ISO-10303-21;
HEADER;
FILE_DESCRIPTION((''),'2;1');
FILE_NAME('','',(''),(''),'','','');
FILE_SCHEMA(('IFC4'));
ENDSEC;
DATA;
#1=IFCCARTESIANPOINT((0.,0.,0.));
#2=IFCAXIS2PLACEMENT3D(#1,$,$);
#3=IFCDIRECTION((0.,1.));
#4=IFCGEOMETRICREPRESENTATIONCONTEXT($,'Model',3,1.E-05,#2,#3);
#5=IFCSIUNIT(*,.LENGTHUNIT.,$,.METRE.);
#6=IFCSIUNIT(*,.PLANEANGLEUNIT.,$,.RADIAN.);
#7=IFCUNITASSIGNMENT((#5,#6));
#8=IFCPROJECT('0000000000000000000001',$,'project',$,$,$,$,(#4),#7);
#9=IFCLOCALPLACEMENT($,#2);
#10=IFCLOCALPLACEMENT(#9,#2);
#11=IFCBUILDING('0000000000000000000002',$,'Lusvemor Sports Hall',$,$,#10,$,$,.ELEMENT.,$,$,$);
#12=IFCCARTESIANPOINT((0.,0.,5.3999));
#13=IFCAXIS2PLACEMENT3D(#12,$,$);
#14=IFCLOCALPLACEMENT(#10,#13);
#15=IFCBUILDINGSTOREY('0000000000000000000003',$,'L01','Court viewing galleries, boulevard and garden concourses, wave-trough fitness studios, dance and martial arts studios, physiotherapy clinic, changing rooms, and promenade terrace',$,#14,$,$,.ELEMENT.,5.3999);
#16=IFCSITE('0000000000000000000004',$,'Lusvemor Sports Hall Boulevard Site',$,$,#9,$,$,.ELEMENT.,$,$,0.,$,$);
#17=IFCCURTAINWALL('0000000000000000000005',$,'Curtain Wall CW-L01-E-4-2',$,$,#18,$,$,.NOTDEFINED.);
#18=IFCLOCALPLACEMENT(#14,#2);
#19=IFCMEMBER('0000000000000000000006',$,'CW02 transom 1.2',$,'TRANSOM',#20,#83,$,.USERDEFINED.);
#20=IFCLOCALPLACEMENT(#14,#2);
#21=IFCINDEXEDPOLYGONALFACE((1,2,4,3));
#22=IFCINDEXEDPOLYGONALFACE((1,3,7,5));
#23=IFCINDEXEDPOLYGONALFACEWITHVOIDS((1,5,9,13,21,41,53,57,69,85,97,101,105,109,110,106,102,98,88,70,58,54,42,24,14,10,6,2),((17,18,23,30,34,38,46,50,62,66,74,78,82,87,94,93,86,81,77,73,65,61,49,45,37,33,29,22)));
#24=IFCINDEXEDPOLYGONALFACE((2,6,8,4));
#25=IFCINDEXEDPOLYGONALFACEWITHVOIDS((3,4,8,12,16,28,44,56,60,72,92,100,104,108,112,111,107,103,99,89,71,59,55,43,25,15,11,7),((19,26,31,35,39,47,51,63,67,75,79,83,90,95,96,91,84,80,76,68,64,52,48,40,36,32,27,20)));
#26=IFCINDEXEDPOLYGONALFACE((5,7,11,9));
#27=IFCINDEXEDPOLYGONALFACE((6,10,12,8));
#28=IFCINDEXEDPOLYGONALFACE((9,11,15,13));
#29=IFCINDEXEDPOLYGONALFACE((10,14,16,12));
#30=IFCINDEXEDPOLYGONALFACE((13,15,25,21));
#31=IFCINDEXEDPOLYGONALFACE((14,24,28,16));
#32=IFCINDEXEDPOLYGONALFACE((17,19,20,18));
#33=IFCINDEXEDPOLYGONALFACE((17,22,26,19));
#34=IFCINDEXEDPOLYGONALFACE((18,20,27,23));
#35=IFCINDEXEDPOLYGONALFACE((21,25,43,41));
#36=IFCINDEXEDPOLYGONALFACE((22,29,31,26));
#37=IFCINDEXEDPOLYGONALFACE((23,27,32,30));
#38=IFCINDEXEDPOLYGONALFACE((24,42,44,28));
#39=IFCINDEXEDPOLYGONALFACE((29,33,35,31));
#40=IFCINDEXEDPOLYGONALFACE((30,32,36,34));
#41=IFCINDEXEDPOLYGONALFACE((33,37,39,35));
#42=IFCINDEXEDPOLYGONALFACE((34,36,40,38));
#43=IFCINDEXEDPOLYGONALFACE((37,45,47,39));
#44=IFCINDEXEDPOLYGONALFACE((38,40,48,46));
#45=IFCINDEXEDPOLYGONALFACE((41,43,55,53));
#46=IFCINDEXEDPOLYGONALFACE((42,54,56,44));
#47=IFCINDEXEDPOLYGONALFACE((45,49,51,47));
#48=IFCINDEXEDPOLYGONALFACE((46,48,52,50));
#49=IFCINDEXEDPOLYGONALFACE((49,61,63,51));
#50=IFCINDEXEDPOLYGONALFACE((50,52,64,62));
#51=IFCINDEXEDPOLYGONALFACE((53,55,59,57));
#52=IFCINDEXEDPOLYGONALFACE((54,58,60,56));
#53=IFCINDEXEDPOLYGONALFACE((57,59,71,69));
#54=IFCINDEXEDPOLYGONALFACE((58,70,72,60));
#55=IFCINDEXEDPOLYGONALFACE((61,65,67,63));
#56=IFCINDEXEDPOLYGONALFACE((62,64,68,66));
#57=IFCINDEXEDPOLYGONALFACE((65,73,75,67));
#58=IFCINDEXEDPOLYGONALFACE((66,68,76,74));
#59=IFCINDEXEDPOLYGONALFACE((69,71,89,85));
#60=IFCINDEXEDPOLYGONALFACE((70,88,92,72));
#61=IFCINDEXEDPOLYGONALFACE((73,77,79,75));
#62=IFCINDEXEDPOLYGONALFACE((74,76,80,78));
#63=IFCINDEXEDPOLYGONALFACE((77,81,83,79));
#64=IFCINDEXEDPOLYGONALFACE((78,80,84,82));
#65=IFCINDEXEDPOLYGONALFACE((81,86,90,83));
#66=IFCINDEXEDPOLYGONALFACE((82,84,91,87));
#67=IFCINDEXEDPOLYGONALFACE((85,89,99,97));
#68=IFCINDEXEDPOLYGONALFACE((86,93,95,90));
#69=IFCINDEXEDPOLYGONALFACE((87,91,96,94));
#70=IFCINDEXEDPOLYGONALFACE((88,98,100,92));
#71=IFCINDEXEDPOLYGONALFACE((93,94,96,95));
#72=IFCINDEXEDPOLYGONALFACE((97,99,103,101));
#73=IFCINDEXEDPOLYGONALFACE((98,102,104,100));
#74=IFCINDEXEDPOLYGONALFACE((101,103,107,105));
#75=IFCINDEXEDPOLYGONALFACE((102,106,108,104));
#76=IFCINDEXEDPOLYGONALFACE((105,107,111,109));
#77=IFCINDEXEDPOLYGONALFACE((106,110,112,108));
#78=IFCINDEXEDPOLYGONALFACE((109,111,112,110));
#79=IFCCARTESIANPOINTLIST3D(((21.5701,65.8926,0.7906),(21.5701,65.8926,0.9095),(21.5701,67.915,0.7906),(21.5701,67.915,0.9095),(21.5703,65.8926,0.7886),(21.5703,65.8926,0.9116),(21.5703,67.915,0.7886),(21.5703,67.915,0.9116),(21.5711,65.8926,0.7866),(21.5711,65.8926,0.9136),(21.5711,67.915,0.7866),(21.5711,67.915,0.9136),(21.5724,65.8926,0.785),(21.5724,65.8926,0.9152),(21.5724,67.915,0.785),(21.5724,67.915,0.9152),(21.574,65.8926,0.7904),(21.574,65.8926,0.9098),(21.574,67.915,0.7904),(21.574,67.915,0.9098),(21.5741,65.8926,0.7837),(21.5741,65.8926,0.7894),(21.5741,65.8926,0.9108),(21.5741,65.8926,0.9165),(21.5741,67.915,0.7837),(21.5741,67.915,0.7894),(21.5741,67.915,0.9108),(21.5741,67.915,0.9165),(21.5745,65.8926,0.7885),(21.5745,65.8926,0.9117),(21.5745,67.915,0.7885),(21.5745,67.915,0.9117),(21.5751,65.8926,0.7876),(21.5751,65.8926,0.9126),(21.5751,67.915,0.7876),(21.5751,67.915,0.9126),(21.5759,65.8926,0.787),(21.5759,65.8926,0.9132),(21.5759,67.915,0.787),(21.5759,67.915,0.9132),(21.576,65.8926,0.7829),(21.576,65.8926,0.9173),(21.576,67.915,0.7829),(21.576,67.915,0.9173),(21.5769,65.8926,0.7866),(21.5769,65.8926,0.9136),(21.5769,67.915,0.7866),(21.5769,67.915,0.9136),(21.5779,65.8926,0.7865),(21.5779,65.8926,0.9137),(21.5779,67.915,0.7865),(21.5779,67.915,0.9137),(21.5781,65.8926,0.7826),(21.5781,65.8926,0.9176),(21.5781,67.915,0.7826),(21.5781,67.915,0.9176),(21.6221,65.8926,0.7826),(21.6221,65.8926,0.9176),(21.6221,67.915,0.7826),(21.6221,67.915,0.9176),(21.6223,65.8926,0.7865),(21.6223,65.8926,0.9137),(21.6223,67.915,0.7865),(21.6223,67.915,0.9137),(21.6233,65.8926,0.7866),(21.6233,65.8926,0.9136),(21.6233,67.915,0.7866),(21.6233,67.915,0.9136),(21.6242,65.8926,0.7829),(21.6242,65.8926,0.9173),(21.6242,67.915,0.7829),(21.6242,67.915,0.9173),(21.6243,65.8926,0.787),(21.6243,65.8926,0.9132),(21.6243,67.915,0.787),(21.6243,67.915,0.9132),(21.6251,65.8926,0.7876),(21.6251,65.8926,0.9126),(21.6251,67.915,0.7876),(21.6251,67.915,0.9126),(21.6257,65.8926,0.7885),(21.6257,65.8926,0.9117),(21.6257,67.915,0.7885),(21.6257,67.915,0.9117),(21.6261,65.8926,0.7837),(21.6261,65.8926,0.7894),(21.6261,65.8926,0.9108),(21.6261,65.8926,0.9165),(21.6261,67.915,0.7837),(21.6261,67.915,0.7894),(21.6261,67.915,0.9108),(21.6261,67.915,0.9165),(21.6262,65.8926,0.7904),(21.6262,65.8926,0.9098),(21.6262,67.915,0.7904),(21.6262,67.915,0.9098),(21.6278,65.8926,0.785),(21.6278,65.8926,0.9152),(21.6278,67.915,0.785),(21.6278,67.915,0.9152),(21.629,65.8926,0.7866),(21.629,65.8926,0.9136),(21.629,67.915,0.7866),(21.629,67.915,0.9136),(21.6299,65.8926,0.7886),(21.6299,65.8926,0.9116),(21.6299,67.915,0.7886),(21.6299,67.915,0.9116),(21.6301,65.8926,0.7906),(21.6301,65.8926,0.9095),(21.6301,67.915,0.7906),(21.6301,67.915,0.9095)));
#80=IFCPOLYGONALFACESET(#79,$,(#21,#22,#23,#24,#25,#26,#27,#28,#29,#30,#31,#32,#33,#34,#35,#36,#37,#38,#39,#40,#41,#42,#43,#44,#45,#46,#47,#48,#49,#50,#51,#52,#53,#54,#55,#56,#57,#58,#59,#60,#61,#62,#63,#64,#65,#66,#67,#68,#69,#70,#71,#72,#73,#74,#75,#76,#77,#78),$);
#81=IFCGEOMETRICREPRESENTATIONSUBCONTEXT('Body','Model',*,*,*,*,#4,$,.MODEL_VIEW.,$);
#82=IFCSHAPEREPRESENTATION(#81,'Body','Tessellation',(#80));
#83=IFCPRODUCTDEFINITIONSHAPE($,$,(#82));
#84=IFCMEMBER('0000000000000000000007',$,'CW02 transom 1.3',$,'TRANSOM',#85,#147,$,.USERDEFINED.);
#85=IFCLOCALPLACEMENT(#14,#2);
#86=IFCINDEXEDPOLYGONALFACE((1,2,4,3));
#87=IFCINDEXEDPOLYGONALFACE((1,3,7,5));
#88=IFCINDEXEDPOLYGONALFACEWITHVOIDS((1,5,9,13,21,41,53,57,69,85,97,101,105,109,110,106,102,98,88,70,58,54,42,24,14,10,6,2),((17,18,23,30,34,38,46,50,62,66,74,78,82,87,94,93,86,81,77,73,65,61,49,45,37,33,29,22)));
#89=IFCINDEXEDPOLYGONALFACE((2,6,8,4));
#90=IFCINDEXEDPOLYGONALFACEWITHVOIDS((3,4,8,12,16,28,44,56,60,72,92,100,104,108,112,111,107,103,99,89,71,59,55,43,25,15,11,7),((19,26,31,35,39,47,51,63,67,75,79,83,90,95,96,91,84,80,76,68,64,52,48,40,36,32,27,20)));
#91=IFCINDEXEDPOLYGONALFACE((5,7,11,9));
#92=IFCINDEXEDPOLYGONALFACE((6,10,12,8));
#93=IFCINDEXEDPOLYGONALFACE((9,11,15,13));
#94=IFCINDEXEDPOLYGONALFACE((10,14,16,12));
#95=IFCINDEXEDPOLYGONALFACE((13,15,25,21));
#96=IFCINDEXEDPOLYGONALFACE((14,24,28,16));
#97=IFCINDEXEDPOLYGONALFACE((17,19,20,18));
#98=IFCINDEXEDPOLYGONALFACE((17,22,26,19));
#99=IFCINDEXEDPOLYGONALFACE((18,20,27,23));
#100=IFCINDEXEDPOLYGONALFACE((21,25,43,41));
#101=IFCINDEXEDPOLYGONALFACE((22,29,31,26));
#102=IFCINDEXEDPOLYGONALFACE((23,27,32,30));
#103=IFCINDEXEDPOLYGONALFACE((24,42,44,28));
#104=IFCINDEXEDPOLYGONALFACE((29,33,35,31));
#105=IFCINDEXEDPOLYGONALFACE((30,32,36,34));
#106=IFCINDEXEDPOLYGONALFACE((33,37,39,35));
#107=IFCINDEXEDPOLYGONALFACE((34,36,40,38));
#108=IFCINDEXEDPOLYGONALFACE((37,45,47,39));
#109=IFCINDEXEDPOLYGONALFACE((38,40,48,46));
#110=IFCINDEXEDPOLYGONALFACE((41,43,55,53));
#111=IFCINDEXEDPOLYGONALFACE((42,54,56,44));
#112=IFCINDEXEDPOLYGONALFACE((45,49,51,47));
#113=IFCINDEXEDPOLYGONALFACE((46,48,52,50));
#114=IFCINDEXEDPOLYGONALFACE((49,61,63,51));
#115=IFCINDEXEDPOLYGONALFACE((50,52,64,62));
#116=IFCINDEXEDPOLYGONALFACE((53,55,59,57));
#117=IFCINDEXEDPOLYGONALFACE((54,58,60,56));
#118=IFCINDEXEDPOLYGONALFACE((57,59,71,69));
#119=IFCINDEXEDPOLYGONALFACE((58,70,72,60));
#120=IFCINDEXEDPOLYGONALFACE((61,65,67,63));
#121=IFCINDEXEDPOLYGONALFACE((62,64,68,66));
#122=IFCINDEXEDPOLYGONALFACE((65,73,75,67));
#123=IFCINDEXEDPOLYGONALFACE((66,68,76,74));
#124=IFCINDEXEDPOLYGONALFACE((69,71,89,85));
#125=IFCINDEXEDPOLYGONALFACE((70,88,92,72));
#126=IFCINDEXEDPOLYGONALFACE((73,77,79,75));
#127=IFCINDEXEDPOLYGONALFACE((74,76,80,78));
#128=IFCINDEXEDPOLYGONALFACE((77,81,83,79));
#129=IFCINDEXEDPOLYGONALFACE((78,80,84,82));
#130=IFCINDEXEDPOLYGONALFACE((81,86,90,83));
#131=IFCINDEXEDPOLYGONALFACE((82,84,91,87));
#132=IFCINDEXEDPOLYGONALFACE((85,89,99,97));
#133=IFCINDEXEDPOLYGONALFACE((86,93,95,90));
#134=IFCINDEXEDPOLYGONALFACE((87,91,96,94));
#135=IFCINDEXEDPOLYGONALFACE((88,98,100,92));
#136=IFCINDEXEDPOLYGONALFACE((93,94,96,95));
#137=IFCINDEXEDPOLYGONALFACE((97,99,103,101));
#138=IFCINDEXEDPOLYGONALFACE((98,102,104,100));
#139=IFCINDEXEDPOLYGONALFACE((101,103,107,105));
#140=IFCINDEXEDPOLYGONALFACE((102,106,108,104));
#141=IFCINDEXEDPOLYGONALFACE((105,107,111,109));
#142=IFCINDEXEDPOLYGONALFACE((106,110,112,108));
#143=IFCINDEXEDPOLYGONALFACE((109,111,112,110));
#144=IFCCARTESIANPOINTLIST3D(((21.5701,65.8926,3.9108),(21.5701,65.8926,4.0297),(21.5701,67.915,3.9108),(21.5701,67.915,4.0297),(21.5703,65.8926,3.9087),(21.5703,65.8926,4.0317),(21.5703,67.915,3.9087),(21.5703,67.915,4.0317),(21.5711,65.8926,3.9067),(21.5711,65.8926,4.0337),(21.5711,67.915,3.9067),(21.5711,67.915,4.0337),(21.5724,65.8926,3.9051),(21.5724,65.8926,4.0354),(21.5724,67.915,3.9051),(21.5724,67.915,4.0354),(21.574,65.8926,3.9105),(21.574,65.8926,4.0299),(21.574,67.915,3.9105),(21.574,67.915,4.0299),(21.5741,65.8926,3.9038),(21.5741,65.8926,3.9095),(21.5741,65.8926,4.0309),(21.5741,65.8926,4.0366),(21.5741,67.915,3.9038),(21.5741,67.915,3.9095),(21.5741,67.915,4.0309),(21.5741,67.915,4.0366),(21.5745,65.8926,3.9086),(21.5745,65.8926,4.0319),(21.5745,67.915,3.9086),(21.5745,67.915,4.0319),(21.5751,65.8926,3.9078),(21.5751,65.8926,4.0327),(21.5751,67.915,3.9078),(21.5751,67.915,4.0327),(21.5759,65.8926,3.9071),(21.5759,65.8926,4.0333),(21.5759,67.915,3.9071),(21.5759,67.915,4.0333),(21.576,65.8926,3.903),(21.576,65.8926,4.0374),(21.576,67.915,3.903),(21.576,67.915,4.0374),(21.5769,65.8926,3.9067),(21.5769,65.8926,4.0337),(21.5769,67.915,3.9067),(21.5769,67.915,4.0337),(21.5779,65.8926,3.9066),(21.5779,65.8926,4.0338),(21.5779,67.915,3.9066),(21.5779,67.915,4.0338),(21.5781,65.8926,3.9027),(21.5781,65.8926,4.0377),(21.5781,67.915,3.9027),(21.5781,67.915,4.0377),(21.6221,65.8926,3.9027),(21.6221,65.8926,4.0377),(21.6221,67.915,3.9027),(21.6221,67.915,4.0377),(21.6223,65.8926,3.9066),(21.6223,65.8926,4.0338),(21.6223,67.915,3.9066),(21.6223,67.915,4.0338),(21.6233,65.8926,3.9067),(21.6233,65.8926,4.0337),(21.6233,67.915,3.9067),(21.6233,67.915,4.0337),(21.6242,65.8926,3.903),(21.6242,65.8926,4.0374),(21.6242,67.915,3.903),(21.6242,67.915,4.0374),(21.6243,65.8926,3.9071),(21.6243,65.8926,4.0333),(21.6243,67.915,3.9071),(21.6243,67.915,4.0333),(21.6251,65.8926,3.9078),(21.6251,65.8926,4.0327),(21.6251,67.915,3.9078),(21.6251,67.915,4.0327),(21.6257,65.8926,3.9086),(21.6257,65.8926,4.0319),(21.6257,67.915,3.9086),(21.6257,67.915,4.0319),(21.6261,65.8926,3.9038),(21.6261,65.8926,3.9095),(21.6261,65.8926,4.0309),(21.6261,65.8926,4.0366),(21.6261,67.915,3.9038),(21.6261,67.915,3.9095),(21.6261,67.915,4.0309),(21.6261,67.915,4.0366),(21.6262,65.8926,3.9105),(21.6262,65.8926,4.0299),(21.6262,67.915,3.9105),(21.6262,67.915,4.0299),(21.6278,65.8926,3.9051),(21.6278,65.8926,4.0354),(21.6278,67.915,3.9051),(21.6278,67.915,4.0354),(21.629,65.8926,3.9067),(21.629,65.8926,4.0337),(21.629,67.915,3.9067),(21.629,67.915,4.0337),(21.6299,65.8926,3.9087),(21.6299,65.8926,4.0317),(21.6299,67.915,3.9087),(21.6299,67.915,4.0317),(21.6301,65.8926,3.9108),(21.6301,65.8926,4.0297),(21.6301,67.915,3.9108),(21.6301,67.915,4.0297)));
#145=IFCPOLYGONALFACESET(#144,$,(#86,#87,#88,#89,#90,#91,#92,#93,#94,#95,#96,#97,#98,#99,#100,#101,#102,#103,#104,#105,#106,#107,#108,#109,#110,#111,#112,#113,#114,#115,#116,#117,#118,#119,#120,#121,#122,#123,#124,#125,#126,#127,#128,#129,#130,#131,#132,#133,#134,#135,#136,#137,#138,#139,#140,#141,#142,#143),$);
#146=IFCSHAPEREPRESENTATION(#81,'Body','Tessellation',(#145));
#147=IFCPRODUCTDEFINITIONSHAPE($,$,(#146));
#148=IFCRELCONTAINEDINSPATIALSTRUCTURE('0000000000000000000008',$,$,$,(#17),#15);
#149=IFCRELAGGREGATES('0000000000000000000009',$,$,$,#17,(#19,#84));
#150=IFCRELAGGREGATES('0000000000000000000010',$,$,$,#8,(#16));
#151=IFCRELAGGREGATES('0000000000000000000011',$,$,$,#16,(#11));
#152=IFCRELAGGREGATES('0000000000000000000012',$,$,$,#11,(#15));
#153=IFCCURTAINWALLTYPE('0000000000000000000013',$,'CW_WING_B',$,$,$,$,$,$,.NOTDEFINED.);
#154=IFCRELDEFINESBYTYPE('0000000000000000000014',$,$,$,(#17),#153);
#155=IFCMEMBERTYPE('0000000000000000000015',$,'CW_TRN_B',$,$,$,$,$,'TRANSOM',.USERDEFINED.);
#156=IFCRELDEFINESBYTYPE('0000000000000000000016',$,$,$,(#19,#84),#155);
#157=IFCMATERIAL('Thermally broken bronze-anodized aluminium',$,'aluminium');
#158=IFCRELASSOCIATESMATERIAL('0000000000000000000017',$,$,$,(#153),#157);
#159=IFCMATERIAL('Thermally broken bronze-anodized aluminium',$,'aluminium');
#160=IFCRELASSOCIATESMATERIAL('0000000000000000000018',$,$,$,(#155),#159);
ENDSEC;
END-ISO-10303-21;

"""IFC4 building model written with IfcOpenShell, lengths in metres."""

from ifc_helpers import new_model, si_unit, direction, frame, origin, origin_2d, place, context, subcontext, project, spatial, hollow_rectangle, extrude, material, material_profile, profile_set, type_object, element, aggregate, save


model = new_model("IFC4")

# Units and contexts
model_context = context("Model", 3, precision=1e-05, world=origin(), true_north=direction((0.0, 1.0)))
body_context = subcontext(model_context, "Body", "Model", "MODEL_VIEW")
ifc_project = project(units=[si_unit("LENGTHUNIT", "METRE"), si_unit("PLANEANGLEUNIT", "RADIAN")], contexts=[model_context])

# Site, building, storey
site_placement = place(None, origin())
site = spatial("IfcSite", under=ifc_project, at=site_placement, Name="Lusvemor Sports Hall Boulevard Site", CompositionType="ELEMENT", RefElevation=0.0)
building_placement = place(site_placement, origin())
building = spatial("IfcBuilding", under=site, at=building_placement, Name="Lusvemor Sports Hall", CompositionType="ELEMENT")
storey_placement = place(building_placement, frame((0.0, 0.0, 5.3999)))
storey = spatial("IfcBuildingStorey", under=building, at=storey_placement, Name="L01", Description="Court viewing galleries, boulevard and garden concourses, wave-trough fitness studios, dance and martial arts studios, physiotherapy clinic, changing rooms, and promenade terrace", CompositionType="ELEMENT", Elevation=5.3999)

# Curtain wall, members
ifc_material_1 = material(Name="Thermally broken bronze-anodized aluminium", Category="aluminium")
curtain_wall_type = type_object("IfcCurtainWallType", Name="CW_WING_B", PredefinedType="NOTDEFINED", material=ifc_material_1)
curtain_wall_placement = place(storey_placement, origin())
curtain_wall = element("IfcCurtainWall", 1, at=curtain_wall_placement, inside=storey, type_object=curtain_wall_type, Name="Curtain Wall CW-L01-E-4-2", PredefinedType="NOTDEFINED")
ifc_material_2 = material(Name="Thermally broken bronze-anodized aluminium", Category="aluminium")
ifc_material_profile_1 = material_profile(ifc_material_2, hollow_rectangle(XDim=0.0601, YDim=0.135, WallThickness=0.0039, InnerFilletRadius=0.0039, OuterFilletRadius=0.0081, at=origin_2d()), Name="CWTRN135x60x4")
ifc_profile_set_1 = profile_set([ifc_material_profile_1], Name="Thermally broken bronze-anodized aluminium")
member_type_1 = type_object("IfcMemberType", Name="CW_TRN_B", ElementType="TRANSOM", PredefinedType="USERDEFINED", material=ifc_profile_set_1)
member_1_placement = place(storey_placement, frame((21.6001, 67.915, 0.8501), z_axis=(0.0, -1.0, 0.0), x_axis=(1.0, 0.0, 0.0)))
member_1 = element("IfcMember", 2, at=member_1_placement, type_object=member_type_1, Name="CW02 transom 1.2", ObjectType="TRANSOM", PredefinedType="USERDEFINED", context=body_context, shape_type="SweptSolid", body=[
    extrude(hollow_rectangle(XDim=0.0601, YDim=0.135, WallThickness=0.0039, InnerFilletRadius=0.0039, OuterFilletRadius=0.0081, at=origin_2d()), origin(), (0.0, 0.0, 1.0), 2.0225),
])
member_2_placement = place(storey_placement, frame((21.6001, 67.915, 3.9702), z_axis=(0.0, -1.0, 0.0), x_axis=(1.0, 0.0, 0.0)))
member_2 = element("IfcMember", 3, at=member_2_placement, type_object=member_type_1, Name="CW02 transom 1.3", ObjectType="TRANSOM", PredefinedType="USERDEFINED", context=body_context, shape_type="SweptSolid", body=[
    extrude(hollow_rectangle(XDim=0.0601, YDim=0.135, WallThickness=0.0039, InnerFilletRadius=0.0039, OuterFilletRadius=0.0081, at=origin_2d()), origin(), (0.0, 0.0, 1.0), 2.0225),
])

aggregate(curtain_wall, [member_1, member_2])

save(model, "model.ifc")
